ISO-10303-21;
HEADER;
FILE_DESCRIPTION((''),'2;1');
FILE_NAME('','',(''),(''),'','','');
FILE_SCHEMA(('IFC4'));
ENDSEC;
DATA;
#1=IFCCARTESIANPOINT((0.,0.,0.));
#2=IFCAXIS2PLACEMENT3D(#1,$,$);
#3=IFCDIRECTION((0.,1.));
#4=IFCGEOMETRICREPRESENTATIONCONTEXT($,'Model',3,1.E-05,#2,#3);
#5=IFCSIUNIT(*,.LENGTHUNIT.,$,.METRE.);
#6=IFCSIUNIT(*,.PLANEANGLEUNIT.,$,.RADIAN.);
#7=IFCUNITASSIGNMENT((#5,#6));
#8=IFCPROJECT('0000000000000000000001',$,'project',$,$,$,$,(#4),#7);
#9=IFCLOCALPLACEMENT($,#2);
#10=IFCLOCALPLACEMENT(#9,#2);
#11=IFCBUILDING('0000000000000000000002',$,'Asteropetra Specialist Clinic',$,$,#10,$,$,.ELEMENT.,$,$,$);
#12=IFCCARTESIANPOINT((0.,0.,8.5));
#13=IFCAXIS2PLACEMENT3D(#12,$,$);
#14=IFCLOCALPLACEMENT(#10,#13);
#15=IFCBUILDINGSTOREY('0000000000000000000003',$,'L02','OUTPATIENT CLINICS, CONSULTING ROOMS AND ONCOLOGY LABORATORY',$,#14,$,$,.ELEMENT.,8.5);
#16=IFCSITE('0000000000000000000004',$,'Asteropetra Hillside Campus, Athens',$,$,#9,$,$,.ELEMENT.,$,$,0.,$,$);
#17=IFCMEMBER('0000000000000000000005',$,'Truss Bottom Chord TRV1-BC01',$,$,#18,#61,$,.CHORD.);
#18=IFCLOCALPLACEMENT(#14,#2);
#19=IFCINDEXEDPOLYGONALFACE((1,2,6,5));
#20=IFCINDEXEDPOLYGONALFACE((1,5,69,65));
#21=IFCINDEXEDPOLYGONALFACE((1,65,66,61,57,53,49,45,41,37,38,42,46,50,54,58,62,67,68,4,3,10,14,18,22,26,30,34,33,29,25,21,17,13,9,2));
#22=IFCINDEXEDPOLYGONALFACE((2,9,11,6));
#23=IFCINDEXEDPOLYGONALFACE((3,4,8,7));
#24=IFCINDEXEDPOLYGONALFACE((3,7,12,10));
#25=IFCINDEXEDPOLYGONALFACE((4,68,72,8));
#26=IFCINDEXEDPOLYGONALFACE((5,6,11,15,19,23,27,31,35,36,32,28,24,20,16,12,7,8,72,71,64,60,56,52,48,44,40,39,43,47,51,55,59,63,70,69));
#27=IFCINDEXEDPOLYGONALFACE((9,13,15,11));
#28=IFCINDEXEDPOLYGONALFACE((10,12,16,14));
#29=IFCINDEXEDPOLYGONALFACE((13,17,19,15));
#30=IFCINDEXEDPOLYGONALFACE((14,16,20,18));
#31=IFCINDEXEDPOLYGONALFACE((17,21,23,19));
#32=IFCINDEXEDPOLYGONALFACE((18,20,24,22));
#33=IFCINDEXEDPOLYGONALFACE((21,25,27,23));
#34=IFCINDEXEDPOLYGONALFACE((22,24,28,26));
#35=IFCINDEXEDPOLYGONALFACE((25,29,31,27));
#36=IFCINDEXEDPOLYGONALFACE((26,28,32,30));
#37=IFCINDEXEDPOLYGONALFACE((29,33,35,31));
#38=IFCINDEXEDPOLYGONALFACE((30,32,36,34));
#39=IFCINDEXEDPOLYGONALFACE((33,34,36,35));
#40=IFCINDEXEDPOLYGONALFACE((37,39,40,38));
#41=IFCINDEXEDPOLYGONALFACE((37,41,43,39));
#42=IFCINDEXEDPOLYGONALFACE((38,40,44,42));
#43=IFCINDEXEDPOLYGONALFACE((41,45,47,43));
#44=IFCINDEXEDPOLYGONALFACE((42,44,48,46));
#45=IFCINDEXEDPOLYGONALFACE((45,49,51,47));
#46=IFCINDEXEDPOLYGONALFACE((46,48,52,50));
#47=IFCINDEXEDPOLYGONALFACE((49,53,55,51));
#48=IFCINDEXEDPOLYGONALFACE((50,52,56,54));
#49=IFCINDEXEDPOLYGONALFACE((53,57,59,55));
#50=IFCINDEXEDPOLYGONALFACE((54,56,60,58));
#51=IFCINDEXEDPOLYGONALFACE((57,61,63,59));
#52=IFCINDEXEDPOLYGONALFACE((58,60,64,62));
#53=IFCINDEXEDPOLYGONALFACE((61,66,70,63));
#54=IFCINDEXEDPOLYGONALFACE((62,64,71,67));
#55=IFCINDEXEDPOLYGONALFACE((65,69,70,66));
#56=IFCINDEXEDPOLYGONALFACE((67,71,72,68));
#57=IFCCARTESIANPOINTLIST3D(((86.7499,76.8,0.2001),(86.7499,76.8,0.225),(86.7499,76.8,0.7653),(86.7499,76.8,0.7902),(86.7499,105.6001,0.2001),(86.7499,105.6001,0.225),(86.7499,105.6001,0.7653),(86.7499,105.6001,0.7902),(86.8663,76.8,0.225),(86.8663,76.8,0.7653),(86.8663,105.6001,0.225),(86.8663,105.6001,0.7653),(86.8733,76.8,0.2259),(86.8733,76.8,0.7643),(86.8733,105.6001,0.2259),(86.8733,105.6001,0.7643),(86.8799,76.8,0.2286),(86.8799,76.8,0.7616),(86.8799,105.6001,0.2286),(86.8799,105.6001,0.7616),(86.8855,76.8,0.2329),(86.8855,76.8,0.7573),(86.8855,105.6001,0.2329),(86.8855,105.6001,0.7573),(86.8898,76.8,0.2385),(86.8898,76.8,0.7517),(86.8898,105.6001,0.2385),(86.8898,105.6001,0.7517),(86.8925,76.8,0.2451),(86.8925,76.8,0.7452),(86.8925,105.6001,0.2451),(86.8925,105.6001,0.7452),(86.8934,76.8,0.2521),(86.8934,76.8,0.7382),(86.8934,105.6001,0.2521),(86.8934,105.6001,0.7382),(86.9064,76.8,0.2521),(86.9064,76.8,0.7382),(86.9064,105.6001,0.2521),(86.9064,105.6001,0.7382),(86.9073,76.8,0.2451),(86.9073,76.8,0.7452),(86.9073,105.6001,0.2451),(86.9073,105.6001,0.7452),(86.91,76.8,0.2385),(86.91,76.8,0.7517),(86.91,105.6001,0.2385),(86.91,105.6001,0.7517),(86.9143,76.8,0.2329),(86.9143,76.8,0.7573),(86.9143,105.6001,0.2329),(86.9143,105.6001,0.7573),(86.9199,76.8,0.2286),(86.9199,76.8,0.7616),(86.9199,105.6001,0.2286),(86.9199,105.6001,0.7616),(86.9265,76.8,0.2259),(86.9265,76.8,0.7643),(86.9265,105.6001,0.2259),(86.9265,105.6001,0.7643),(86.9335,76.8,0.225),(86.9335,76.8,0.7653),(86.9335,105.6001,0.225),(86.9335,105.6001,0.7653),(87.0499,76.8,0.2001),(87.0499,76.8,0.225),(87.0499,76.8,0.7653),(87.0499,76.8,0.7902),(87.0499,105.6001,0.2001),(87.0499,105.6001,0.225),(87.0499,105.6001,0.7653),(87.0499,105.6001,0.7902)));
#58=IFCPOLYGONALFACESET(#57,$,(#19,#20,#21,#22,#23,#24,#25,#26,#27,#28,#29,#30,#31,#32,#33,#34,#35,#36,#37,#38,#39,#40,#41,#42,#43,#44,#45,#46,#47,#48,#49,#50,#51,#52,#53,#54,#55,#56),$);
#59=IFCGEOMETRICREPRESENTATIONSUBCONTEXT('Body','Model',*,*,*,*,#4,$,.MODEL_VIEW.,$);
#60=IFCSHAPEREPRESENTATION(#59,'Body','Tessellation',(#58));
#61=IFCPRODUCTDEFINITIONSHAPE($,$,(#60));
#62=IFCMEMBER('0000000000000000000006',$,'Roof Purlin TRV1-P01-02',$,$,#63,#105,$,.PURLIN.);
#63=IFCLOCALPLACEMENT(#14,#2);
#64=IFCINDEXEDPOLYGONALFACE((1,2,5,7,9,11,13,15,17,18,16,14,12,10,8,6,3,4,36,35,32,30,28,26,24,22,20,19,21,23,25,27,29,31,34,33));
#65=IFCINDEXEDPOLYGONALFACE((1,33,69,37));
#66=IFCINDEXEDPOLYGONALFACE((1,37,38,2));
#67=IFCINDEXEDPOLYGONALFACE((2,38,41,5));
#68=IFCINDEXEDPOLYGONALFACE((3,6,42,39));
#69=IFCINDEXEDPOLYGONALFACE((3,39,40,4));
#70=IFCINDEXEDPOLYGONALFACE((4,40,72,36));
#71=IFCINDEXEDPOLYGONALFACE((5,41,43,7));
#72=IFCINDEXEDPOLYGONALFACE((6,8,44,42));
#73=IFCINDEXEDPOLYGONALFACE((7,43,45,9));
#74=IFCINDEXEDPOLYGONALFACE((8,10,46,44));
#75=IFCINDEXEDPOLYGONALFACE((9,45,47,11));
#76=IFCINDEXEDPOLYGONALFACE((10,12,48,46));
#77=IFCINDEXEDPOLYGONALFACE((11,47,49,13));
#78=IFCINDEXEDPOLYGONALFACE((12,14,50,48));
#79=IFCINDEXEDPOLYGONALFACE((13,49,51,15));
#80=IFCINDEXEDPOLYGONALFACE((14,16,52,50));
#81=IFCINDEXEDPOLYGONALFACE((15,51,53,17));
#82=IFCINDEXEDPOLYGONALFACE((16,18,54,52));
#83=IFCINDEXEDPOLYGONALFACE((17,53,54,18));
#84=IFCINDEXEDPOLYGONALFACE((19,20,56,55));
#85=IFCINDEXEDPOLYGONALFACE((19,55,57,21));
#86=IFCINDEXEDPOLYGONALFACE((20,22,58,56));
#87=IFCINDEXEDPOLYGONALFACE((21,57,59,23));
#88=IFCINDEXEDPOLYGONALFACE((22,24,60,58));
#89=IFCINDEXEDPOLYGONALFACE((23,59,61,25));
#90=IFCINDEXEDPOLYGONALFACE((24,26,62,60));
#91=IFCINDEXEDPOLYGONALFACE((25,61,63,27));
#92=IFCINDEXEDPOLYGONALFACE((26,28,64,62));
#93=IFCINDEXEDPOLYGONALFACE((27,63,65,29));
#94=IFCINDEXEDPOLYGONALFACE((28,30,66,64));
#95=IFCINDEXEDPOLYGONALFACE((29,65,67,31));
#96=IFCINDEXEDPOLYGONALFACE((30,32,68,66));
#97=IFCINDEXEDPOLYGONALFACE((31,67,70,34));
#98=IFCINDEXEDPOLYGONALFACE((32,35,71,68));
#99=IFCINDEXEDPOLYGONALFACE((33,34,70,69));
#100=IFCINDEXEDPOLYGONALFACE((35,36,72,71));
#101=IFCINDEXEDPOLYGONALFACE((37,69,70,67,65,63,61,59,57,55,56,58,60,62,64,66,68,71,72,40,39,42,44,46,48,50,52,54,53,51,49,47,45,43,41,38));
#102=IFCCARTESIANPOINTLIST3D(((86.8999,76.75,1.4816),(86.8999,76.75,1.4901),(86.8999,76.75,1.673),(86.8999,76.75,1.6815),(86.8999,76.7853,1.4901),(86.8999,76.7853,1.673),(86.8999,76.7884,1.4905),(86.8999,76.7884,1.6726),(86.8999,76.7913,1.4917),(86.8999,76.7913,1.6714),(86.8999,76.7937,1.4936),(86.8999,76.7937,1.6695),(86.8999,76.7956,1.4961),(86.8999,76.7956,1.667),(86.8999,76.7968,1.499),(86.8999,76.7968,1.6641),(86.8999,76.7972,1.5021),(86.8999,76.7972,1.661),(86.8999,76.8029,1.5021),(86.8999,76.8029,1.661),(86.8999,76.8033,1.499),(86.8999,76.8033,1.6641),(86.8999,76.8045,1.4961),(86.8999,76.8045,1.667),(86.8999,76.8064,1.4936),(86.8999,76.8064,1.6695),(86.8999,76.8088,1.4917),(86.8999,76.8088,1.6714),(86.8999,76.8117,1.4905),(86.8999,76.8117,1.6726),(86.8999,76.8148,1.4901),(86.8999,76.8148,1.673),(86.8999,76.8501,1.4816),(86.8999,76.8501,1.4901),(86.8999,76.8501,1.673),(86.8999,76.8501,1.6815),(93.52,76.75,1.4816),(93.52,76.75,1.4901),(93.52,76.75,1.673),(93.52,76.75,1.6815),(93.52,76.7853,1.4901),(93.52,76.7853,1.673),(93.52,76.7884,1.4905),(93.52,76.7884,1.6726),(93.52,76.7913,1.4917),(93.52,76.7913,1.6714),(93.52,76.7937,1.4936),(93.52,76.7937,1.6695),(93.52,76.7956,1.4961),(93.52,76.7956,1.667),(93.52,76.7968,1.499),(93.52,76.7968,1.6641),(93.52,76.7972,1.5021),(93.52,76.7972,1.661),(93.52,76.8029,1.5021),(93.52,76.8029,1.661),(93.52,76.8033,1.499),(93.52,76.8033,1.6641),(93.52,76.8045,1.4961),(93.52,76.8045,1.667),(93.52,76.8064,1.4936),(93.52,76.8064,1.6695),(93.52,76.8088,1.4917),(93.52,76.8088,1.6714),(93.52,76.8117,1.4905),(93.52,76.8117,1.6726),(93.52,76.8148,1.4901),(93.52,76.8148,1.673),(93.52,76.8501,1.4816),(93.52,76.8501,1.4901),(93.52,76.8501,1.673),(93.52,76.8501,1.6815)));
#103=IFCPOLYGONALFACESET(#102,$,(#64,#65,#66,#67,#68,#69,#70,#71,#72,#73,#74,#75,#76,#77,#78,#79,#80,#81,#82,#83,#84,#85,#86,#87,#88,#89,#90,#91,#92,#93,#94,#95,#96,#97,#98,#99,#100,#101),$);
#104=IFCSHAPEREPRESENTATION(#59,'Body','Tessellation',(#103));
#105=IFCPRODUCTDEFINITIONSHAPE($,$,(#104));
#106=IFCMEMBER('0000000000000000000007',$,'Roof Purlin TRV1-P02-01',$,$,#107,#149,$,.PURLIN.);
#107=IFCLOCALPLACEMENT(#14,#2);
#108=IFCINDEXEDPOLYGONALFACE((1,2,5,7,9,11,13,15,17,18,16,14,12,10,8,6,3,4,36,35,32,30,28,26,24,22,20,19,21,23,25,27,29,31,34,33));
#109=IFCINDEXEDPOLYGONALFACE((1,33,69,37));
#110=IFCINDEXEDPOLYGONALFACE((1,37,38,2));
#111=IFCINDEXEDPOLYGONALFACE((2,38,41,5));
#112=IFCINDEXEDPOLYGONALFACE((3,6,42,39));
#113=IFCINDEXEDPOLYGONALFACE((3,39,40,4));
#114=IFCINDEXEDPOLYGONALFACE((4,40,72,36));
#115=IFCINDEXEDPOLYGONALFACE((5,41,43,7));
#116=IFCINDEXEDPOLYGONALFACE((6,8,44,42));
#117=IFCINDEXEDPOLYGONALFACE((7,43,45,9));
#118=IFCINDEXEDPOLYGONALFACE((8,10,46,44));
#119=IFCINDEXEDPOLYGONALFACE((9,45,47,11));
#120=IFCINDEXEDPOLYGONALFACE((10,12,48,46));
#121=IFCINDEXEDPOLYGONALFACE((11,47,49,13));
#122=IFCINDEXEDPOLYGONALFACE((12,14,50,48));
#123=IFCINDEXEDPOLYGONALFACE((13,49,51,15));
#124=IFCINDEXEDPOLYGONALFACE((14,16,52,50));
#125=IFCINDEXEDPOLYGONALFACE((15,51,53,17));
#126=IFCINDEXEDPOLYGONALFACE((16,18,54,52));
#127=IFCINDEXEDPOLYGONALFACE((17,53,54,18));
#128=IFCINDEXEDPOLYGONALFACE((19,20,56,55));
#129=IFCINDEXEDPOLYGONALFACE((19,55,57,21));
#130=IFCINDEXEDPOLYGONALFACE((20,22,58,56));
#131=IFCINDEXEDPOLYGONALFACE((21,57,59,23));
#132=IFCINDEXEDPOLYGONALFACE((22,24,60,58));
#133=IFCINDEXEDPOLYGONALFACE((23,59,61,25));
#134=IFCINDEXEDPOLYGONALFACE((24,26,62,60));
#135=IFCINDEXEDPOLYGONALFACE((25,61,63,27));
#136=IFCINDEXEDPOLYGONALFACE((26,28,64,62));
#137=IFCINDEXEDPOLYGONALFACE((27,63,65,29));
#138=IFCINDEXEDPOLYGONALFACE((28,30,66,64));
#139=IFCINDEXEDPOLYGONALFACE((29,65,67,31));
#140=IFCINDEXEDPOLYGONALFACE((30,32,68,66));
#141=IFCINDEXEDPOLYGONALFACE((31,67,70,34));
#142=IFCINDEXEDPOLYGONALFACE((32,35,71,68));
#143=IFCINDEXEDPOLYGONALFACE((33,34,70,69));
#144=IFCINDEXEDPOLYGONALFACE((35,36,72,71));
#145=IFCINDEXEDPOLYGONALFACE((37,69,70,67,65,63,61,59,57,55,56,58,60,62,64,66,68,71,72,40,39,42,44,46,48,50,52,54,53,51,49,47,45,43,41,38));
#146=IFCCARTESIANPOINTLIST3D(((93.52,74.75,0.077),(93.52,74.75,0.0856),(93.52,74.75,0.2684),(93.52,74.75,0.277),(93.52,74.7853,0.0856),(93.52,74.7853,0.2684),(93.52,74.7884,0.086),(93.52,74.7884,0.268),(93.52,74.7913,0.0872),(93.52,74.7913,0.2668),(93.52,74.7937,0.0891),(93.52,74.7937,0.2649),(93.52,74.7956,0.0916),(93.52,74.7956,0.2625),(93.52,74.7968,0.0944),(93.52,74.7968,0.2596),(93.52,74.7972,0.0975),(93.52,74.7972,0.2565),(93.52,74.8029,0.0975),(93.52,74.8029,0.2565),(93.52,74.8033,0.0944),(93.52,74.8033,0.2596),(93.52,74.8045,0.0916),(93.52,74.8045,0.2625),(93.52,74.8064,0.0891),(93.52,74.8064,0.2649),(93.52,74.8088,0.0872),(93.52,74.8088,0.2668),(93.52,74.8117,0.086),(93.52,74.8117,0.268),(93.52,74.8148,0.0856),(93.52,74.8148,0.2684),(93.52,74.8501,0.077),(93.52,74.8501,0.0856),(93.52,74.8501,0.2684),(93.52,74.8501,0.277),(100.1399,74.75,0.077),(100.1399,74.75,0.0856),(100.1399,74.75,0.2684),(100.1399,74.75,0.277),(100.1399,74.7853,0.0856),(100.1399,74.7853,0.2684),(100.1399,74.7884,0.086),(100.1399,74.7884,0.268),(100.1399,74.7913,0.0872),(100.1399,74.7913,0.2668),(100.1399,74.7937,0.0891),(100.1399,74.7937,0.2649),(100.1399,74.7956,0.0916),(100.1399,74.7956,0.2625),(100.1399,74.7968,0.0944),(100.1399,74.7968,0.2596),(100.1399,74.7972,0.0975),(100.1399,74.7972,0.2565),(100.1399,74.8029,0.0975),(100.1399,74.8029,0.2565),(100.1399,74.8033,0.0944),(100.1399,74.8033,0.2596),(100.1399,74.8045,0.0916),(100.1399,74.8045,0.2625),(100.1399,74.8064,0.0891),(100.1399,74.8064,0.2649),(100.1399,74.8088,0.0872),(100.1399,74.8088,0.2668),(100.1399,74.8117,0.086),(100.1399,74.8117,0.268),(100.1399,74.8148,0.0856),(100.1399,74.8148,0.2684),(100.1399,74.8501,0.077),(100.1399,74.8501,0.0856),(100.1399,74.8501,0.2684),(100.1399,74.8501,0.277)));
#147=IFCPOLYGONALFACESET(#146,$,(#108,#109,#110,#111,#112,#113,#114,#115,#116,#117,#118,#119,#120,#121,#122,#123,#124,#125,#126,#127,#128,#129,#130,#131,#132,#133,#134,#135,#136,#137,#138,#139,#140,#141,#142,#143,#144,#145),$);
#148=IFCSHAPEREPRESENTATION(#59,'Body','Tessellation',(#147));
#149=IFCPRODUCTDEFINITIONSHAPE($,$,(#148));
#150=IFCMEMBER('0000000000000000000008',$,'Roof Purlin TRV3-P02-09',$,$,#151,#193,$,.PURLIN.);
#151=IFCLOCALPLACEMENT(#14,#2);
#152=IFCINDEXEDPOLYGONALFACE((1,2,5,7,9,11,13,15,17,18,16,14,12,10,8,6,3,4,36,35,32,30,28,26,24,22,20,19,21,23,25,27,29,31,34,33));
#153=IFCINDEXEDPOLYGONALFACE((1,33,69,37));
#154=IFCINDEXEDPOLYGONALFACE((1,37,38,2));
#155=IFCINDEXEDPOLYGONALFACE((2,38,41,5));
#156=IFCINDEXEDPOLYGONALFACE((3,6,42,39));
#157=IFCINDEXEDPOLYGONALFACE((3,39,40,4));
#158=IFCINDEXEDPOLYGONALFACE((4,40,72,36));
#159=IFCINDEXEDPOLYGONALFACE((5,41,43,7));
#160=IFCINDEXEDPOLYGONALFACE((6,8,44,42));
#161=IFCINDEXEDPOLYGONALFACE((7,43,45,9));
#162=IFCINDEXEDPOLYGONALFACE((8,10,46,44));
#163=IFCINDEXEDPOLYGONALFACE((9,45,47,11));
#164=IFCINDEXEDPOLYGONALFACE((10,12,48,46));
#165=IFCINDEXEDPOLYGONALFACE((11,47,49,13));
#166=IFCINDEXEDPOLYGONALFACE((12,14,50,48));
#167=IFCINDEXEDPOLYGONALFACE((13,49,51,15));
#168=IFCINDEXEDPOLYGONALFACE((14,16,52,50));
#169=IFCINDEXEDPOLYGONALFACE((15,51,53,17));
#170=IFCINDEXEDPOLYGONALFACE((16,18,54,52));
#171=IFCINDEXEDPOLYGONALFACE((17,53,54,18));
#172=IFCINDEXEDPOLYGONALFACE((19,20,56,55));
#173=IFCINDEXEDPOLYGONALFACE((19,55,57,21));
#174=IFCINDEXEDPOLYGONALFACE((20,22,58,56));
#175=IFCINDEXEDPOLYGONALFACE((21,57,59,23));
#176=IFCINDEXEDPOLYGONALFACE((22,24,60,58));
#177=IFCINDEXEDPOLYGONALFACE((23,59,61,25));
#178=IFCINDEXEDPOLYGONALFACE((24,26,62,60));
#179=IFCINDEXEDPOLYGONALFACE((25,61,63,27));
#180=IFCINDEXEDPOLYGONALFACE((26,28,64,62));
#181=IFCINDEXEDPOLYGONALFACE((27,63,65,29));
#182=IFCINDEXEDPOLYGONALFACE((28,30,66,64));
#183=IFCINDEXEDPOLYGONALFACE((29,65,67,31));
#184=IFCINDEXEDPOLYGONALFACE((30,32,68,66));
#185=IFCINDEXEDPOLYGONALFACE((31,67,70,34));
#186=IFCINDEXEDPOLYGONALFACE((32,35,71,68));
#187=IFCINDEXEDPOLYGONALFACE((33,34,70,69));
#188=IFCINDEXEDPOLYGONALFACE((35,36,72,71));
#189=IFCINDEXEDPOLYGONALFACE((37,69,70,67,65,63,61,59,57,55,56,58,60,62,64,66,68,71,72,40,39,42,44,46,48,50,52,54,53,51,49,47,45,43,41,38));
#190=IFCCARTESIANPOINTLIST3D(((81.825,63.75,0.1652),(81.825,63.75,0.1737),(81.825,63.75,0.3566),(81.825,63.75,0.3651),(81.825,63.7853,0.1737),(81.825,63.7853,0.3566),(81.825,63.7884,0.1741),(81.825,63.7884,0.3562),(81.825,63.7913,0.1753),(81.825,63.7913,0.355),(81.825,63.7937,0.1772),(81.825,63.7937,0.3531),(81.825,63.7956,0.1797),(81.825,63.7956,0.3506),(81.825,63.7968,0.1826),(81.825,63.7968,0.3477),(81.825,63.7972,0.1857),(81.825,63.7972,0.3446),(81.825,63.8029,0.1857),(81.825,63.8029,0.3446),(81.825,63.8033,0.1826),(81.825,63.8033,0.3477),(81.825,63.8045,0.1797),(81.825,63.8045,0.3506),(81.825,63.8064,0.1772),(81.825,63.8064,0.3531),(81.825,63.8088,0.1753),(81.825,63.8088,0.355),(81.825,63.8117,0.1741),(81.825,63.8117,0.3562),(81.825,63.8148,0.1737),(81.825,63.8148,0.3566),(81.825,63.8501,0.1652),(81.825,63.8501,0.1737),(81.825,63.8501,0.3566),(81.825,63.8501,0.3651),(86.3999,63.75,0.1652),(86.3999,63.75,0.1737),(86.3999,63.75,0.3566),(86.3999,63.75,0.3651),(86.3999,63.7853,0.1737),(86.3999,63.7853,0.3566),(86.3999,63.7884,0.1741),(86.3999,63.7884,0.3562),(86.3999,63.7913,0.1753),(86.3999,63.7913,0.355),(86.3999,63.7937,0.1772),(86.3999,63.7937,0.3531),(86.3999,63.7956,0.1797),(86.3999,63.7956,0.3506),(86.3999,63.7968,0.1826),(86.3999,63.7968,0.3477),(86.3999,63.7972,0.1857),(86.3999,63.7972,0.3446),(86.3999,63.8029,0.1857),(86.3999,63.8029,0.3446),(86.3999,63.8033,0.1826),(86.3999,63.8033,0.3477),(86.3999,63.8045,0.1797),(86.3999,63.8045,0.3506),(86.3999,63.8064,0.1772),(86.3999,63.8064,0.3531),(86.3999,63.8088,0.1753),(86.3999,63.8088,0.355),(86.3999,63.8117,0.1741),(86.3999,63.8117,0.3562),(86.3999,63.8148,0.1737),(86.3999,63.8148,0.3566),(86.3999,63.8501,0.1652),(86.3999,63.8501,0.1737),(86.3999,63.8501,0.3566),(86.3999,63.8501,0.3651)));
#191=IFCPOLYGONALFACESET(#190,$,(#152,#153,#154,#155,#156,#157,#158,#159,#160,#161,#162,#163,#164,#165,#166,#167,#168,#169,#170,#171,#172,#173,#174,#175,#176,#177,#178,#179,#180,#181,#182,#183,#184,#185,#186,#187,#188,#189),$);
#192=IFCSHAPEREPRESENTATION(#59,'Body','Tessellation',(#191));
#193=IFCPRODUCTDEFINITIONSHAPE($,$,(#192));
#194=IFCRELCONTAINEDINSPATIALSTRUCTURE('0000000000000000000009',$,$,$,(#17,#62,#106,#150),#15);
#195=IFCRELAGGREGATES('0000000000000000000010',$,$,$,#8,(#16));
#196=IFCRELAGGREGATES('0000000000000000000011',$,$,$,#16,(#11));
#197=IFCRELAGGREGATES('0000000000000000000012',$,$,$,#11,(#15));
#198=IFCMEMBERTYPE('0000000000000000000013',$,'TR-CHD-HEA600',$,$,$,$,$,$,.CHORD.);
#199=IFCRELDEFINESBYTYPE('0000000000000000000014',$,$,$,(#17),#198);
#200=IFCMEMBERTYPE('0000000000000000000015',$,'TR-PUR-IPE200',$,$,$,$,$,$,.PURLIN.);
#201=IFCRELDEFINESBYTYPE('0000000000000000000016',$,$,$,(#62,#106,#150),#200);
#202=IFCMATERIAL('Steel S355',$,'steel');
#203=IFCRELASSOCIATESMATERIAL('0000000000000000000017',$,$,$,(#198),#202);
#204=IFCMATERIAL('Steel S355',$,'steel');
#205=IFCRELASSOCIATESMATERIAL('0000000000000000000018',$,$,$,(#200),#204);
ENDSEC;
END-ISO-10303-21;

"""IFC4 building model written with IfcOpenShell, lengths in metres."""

from ifc_helpers import new_model, si_unit, direction, frame, origin, origin_2d, place, context, subcontext, project, spatial, i_section, extrude, material, material_profile, profile_set, type_object, element, save


model = new_model("IFC4")

# Units and contexts
model_context = context("Model", 3, precision=1e-05, world=origin(), true_north=direction((0.0, 1.0)))
body_context = subcontext(model_context, "Body", "Model", "MODEL_VIEW")
ifc_project = project(units=[si_unit("LENGTHUNIT", "METRE"), si_unit("PLANEANGLEUNIT", "RADIAN")], contexts=[model_context])

# Site, building, storey
site_placement = place(None, origin())
site = spatial("IfcSite", under=ifc_project, at=site_placement, Name="Asteropetra Hillside Campus, Athens", CompositionType="ELEMENT", RefElevation=0.0)
building_placement = place(site_placement, origin())
building = spatial("IfcBuilding", under=site, at=building_placement, Name="Asteropetra Specialist Clinic", CompositionType="ELEMENT")
storey_placement = place(building_placement, frame((0.0, 0.0, 8.5)))
storey = spatial("IfcBuildingStorey", under=building, at=storey_placement, Name="L02", Description="OUTPATIENT CLINICS, CONSULTING ROOMS AND ONCOLOGY LABORATORY", CompositionType="ELEMENT", Elevation=8.5)

# Members
ifc_material_1 = material(Name="Steel S355", Category="steel")
ifc_material_profile_1 = material_profile(ifc_material_1, i_section(OverallWidth=0.3, OverallDepth=0.5901, WebThickness=0.0129, FlangeThickness=0.0249, FilletRadius=0.0271, at=origin_2d()), Name="HEA 600")
ifc_profile_set_1 = profile_set([ifc_material_profile_1], Name="Steel S355")
member_type_1 = type_object("IfcMemberType", Name="TR-CHD-HEA600", PredefinedType="CHORD", material=ifc_profile_set_1)
member_1_placement = place(storey_placement, frame((86.8999, 76.8, 0.4951), z_axis=(0.0, 1.0, 0.0), x_axis=(-1.0, 0.0, 0.0)))
element("IfcMember", 1, at=member_1_placement, inside=storey, type_object=member_type_1, Name="Truss Bottom Chord TRV1-BC01", PredefinedType="CHORD", context=body_context, shape_type="SweptSolid", body=[
    extrude(i_section(OverallWidth=0.3, OverallDepth=0.5901, WebThickness=0.0129, FlangeThickness=0.0249, FilletRadius=0.0271, at=origin_2d()), origin(), (0.0, 0.0, 1.0), 28.8),
])
ifc_material_2 = material(Name="Steel S355", Category="steel")
ifc_material_profile_2 = material_profile(ifc_material_2, i_section(OverallWidth=0.1001, OverallDepth=0.2, WebThickness=0.0056, FlangeThickness=0.0085, FilletRadius=0.012, at=origin_2d()), Name="IPE 200")
ifc_profile_set_2 = profile_set([ifc_material_profile_2], Name="Steel S355")
member_type_2 = type_object("IfcMemberType", Name="TR-PUR-IPE200", PredefinedType="PURLIN", material=ifc_profile_set_2)
member_2_placement = place(storey_placement, frame((86.8999, 76.8, 1.5815), z_axis=(1.0, 0.0, 0.0), x_axis=(0.0, 1.0, 0.0)))
element("IfcMember", 2, at=member_2_placement, inside=storey, type_object=member_type_2, Name="Roof Purlin TRV1-P01-02", PredefinedType="PURLIN", context=body_context, shape_type="SweptSolid", body=[
    extrude(i_section(OverallWidth=0.1001, OverallDepth=0.2, WebThickness=0.0056, FlangeThickness=0.0085, FilletRadius=0.012, at=origin_2d()), origin(), (0.0, 0.0, 1.0), 6.6201),
])
member_3_placement = place(storey_placement, frame((93.52, 74.8, 0.177), z_axis=(1.0, 0.0, 0.0), x_axis=(0.0, 1.0, 0.0)))
element("IfcMember", 3, at=member_3_placement, inside=storey, type_object=member_type_2, Name="Roof Purlin TRV1-P02-01", PredefinedType="PURLIN", context=body_context, shape_type="SweptSolid", body=[
    extrude(i_section(OverallWidth=0.1001, OverallDepth=0.2, WebThickness=0.0056, FlangeThickness=0.0085, FilletRadius=0.012, at=origin_2d()), origin(), (0.0, 0.0, 1.0), 6.6199),
])
for number, where, z_axis, x_axis, name in (
    (4, (81.825, 63.8, 0.2651), (1.0, 0.0, 0.0), (0.0, 1.0, 0.0), "Roof Purlin TRV3-P02-09"),
):
    element("IfcMember", number, at=place(storey_placement, frame(where, z_axis=z_axis, x_axis=x_axis)), inside=storey, type_object=member_type_2, Name=name, PredefinedType="PURLIN", context=body_context, shape_type="SweptSolid", body=[
        extrude(i_section(OverallWidth=0.1001, OverallDepth=0.2, WebThickness=0.0056, FlangeThickness=0.0085, FilletRadius=0.012, at=origin_2d()), origin(), (0.0, 0.0, 1.0), 4.575),
    ])

save(model, "model.ifc")
